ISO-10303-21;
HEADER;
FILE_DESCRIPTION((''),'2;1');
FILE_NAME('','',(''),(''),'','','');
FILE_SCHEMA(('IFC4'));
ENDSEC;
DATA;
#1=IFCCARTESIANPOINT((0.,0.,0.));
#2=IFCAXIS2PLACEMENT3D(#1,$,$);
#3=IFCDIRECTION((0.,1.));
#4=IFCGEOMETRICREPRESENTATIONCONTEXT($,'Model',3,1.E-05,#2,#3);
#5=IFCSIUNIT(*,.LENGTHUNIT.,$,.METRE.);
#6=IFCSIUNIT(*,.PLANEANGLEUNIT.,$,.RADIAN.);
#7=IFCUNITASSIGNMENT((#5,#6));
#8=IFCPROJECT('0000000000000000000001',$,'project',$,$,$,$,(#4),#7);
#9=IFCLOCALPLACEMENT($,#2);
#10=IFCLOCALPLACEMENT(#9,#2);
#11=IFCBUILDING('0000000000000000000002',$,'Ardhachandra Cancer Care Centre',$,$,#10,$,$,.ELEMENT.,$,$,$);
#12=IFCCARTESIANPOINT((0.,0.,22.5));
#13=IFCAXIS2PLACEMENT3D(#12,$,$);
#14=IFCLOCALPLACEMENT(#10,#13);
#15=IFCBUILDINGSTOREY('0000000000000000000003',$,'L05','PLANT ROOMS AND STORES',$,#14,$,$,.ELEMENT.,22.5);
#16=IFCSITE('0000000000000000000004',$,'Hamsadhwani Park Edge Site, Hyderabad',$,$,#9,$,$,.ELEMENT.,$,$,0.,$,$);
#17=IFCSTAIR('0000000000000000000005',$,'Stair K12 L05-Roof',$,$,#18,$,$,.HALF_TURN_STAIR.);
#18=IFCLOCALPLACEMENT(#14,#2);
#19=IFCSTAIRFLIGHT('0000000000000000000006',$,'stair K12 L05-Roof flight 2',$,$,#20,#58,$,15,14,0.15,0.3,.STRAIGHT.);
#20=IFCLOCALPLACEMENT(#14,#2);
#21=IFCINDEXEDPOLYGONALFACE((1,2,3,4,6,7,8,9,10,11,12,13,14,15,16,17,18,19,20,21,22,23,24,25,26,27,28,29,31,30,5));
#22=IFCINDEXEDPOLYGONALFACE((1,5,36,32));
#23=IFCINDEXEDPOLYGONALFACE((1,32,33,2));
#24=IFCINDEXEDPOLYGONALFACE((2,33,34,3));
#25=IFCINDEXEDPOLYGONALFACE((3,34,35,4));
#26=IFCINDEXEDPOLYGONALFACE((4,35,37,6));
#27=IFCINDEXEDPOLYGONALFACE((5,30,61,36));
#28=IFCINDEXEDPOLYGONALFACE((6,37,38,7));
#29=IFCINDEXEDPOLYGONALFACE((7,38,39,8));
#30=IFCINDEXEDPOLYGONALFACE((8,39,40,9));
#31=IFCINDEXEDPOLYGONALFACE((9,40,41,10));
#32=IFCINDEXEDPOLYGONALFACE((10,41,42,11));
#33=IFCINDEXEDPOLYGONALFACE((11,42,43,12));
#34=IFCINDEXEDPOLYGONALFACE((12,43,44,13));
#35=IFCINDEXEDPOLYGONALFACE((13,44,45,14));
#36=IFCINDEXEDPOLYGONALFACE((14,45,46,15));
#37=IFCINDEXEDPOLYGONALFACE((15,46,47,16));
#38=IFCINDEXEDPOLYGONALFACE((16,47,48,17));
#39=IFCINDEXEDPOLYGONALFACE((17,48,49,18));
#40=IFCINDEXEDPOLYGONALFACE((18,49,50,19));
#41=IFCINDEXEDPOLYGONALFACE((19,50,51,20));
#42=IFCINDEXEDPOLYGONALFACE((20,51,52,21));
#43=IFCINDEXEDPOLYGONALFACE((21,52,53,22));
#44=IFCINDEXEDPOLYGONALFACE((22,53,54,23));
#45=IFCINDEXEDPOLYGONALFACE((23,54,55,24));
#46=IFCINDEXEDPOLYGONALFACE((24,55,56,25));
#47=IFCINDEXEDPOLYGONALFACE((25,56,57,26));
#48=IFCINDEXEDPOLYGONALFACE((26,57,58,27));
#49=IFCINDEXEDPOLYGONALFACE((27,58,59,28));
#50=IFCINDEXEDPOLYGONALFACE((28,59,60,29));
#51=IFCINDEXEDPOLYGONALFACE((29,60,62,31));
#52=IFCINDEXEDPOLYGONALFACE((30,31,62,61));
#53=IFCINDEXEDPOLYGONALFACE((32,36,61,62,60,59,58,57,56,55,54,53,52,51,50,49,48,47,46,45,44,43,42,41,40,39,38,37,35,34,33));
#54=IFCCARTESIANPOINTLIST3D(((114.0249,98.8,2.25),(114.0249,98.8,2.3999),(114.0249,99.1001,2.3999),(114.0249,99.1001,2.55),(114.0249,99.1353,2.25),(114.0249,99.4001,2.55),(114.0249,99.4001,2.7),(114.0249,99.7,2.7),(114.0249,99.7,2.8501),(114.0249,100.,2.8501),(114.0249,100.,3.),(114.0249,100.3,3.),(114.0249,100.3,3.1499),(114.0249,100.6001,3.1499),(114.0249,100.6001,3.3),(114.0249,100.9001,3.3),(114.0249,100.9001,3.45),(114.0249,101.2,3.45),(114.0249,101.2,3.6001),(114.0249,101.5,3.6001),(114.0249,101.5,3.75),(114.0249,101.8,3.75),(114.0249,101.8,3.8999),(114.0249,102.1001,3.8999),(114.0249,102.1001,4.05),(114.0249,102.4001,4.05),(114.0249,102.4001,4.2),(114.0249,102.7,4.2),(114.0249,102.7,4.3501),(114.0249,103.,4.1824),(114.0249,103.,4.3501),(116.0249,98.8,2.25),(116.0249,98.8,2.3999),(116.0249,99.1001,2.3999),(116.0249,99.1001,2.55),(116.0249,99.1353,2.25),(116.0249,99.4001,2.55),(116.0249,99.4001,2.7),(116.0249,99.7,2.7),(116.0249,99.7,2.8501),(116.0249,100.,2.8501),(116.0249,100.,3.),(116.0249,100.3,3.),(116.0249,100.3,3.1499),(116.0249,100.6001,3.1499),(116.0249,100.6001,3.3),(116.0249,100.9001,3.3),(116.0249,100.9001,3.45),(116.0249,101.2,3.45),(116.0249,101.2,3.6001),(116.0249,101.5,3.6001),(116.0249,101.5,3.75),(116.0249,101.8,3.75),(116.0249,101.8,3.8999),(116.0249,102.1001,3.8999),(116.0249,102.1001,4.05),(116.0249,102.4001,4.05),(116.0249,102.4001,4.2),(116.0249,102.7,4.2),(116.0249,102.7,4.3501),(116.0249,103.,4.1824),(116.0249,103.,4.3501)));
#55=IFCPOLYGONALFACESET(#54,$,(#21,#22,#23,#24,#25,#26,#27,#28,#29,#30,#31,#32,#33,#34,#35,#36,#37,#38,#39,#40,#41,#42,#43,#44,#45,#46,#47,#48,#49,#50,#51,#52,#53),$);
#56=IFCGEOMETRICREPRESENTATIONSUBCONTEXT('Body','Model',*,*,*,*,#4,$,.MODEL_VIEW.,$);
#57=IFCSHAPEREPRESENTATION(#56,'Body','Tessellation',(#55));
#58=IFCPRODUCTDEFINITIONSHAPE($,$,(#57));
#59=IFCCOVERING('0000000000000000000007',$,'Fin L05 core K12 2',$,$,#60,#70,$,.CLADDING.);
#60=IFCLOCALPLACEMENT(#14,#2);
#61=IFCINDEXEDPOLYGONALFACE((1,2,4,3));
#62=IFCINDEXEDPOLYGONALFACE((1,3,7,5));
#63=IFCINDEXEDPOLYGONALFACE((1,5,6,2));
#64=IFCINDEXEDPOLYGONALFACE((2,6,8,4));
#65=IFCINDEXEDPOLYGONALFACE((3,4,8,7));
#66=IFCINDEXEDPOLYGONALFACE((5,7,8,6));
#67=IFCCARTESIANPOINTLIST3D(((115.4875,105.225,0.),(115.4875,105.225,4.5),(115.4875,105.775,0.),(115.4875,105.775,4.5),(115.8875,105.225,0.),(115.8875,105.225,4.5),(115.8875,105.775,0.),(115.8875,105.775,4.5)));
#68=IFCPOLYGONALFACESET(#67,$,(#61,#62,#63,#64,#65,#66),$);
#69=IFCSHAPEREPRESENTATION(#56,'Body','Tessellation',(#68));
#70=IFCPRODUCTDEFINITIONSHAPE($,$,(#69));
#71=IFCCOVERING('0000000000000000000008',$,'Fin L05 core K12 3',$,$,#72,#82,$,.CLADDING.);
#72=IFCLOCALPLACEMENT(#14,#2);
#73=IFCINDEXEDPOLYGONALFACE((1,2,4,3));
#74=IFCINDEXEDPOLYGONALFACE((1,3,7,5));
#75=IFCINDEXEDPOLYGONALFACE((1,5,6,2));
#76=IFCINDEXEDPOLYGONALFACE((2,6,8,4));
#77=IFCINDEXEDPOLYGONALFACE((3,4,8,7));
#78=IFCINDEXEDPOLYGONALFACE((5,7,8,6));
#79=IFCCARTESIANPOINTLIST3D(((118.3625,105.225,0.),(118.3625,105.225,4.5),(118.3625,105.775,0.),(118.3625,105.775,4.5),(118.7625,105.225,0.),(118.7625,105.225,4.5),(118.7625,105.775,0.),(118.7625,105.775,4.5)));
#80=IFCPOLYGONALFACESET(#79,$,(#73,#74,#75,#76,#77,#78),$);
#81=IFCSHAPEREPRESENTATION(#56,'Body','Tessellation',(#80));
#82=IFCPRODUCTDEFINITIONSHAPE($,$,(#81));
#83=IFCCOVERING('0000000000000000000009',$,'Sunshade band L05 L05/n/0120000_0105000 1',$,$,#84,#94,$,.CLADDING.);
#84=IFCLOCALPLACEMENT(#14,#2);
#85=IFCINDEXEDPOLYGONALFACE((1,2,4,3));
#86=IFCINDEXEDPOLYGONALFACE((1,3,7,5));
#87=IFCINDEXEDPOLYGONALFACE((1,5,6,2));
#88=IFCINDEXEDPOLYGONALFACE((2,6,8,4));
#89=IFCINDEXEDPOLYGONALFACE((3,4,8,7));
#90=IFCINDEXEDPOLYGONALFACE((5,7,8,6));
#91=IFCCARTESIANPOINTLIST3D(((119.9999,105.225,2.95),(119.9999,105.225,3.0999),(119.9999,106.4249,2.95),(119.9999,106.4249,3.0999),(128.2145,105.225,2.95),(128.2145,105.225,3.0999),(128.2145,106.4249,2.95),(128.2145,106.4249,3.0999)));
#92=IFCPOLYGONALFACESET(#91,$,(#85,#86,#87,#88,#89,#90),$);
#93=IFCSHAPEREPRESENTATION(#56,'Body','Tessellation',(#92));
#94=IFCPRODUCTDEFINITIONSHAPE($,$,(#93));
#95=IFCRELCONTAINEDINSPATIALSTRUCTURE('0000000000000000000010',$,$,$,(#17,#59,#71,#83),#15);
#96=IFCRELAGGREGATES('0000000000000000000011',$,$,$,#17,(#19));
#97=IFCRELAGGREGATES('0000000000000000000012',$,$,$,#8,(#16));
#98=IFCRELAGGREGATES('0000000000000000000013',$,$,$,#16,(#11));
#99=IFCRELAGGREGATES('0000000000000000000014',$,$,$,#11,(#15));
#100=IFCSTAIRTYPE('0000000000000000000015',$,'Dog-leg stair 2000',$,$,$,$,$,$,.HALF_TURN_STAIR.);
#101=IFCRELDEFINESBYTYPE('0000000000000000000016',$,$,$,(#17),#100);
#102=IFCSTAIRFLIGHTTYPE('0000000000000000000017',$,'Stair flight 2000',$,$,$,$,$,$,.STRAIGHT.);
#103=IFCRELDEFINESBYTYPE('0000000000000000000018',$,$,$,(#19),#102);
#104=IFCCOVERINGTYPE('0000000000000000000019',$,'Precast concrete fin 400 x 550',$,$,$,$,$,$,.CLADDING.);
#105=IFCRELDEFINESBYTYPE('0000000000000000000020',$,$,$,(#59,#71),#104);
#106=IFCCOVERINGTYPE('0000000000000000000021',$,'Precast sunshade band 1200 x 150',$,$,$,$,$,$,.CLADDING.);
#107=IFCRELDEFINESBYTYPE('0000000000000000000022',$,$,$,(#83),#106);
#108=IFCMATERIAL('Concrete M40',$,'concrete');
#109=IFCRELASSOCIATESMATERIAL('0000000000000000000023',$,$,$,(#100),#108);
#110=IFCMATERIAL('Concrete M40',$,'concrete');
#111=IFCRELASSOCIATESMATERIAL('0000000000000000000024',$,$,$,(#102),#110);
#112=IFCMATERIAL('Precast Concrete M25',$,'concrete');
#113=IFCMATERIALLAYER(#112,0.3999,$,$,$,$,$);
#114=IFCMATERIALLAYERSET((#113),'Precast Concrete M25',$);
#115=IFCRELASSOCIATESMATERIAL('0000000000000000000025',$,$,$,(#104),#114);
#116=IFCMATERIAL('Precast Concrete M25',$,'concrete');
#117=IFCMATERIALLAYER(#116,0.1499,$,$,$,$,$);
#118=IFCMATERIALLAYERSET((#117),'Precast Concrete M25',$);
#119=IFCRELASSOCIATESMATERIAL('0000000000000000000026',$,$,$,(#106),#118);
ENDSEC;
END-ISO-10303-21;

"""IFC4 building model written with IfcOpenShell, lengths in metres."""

from ifc_helpers import new_model, si_unit, direction, frame, origin, origin_2d, place, context, subcontext, project, spatial, polyline, rectangle, outline, extrude, material, layer, layer_set, type_object, element, aggregate, save


model = new_model("IFC4")

# Units and contexts
model_context = context("Model", 3, precision=1e-05, world=origin(), true_north=direction((0.0, 1.0)))
body_context = subcontext(model_context, "Body", "Model", "MODEL_VIEW")
ifc_project = project(units=[si_unit("LENGTHUNIT", "METRE"), si_unit("PLANEANGLEUNIT", "RADIAN")], contexts=[model_context])

# Site, building, storey
site_placement = place(None, origin())
site = spatial("IfcSite", under=ifc_project, at=site_placement, Name="Hamsadhwani Park Edge Site, Hyderabad", CompositionType="ELEMENT", RefElevation=0.0)
building_placement = place(site_placement, origin())
building = spatial("IfcBuilding", under=site, at=building_placement, Name="Ardhachandra Cancer Care Centre", CompositionType="ELEMENT")
storey_placement = place(building_placement, frame((0.0, 0.0, 22.5)))
storey = spatial("IfcBuildingStorey", under=building, at=storey_placement, Name="L05", Description="PLANT ROOMS AND STORES", CompositionType="ELEMENT", Elevation=22.5)

# Stair, stair flight
ifc_material_1 = material(Name="Concrete M40", Category="concrete")
stair_type = type_object("IfcStairType", Name="Dog-leg stair 2000", PredefinedType="HALF_TURN_STAIR", material=ifc_material_1)
stair_placement = place(storey_placement, origin())
stair = element("IfcStair", 1, at=stair_placement, inside=storey, type_object=stair_type, Name="Stair K12 L05-Roof", PredefinedType="HALF_TURN_STAIR")
ifc_material_2 = material(Name="Concrete M40", Category="concrete")
stair_flight_type = type_object("IfcStairFlightType", Name="Stair flight 2000", PredefinedType="STRAIGHT", material=ifc_material_2)
stair_flight_placement = place(storey_placement, frame((115.0249, 98.8, 2.25), z_axis=(0.0, 0.0, 1.0), x_axis=(0.0, 1.0, 0.0)))
stair_flight = element("IfcStairFlight", 2, at=stair_flight_placement, type_object=stair_flight_type, Name="stair K12 L05-Roof flight 2", NumberOfRisers=15, NumberOfTreads=14, PredefinedType="STRAIGHT", RiserHeight=0.15, TreadLength=0.3, context=body_context, shape_type="SweptSolid", body=[
    extrude(outline(polyline([(0.0, 0.0), (0.0, 0.1499), (0.3, 0.1499), (0.3, 0.3), (0.6001, 0.3), (0.6001, 0.45), (0.8999, 0.45), (0.8999, 0.6001), (1.2, 0.6001), (1.2, 0.75), (1.5, 0.75), (1.5, 0.8999), (1.8, 0.8999), (1.8, 1.05), (2.1001, 1.05), (2.1001, 1.2), (2.3999, 1.2), (2.3999, 1.3501), (2.7, 1.3501), (2.7, 1.5), (3.0, 1.5), (3.0, 1.6499), (3.3, 1.6499), (3.3, 1.8), (3.6001, 1.8), (3.6001, 1.95), (3.8999, 1.95), (3.8999, 2.1001), (4.2, 2.1001), (4.2, 2.25), (4.2, 1.9324), (0.3352, 0.0), (0.0, 0.0)])), frame((0.0, 1.0, 0.0), z_axis=(0.0, -1.0, 0.0), x_axis=(1.0, 0.0, 0.0)), (0.0, 0.0, 1.0), 2.0),
])
aggregate(stair, [stair_flight])

# Coverings
ifc_material_3 = material(Name="Precast Concrete M25", Category="concrete")
ifc_layer_1 = layer(ifc_material_3, 0.3999)
ifc_layer_set_1 = layer_set([ifc_layer_1], Name="Precast Concrete M25")
covering_type_1 = type_object("IfcCoveringType", Name="Precast concrete fin 400 x 550", PredefinedType="CLADDING", material=ifc_layer_set_1)
for number, where, z_axis, x_axis, name in (
    (3, (115.6875, 105.5, 0.0), (0.0, 0.0, 1.0), (1.0, 0.0, 0.0), "Fin L05 core K12 2"),
    (4, (118.5625, 105.5, 0.0), (0.0, 0.0, 1.0), (1.0, 0.0, 0.0), "Fin L05 core K12 3"),
):
    element("IfcCovering", number, at=place(storey_placement, frame(where, z_axis=z_axis, x_axis=x_axis)), inside=storey, type_object=covering_type_1, Name=name, PredefinedType="CLADDING", context=body_context, shape_type="SweptSolid", body=[
        extrude(rectangle(XDim=0.3999, YDim=0.55, at=origin_2d()), origin(), (0.0, 0.0, 1.0), 4.5),
    ])
ifc_material_4 = material(Name="Precast Concrete M25", Category="concrete")
ifc_layer_2 = layer(ifc_material_4, 0.1499)
ifc_layer_set_2 = layer_set([ifc_layer_2], Name="Precast Concrete M25")
covering_type_2 = type_object("IfcCoveringType", Name="Precast sunshade band 1200 x 150", PredefinedType="CLADDING", material=ifc_layer_set_2)
covering_placement = place(storey_placement, frame((124.1072, 105.825, 2.95), z_axis=(0.0, 0.0, 1.0), x_axis=(1.0, 0.0, 0.0)))
element("IfcCovering", 5, at=covering_placement, inside=storey, type_object=covering_type_2, Name="Sunshade band L05 L05/n/0120000_0105000 1", PredefinedType="CLADDING", context=body_context, shape_type="SweptSolid", body=[
    extrude(rectangle(XDim=8.2146, YDim=1.2, at=origin_2d()), origin(), (0.0, 0.0, 1.0), 0.1499),
])

save(model, "model.ifc")
